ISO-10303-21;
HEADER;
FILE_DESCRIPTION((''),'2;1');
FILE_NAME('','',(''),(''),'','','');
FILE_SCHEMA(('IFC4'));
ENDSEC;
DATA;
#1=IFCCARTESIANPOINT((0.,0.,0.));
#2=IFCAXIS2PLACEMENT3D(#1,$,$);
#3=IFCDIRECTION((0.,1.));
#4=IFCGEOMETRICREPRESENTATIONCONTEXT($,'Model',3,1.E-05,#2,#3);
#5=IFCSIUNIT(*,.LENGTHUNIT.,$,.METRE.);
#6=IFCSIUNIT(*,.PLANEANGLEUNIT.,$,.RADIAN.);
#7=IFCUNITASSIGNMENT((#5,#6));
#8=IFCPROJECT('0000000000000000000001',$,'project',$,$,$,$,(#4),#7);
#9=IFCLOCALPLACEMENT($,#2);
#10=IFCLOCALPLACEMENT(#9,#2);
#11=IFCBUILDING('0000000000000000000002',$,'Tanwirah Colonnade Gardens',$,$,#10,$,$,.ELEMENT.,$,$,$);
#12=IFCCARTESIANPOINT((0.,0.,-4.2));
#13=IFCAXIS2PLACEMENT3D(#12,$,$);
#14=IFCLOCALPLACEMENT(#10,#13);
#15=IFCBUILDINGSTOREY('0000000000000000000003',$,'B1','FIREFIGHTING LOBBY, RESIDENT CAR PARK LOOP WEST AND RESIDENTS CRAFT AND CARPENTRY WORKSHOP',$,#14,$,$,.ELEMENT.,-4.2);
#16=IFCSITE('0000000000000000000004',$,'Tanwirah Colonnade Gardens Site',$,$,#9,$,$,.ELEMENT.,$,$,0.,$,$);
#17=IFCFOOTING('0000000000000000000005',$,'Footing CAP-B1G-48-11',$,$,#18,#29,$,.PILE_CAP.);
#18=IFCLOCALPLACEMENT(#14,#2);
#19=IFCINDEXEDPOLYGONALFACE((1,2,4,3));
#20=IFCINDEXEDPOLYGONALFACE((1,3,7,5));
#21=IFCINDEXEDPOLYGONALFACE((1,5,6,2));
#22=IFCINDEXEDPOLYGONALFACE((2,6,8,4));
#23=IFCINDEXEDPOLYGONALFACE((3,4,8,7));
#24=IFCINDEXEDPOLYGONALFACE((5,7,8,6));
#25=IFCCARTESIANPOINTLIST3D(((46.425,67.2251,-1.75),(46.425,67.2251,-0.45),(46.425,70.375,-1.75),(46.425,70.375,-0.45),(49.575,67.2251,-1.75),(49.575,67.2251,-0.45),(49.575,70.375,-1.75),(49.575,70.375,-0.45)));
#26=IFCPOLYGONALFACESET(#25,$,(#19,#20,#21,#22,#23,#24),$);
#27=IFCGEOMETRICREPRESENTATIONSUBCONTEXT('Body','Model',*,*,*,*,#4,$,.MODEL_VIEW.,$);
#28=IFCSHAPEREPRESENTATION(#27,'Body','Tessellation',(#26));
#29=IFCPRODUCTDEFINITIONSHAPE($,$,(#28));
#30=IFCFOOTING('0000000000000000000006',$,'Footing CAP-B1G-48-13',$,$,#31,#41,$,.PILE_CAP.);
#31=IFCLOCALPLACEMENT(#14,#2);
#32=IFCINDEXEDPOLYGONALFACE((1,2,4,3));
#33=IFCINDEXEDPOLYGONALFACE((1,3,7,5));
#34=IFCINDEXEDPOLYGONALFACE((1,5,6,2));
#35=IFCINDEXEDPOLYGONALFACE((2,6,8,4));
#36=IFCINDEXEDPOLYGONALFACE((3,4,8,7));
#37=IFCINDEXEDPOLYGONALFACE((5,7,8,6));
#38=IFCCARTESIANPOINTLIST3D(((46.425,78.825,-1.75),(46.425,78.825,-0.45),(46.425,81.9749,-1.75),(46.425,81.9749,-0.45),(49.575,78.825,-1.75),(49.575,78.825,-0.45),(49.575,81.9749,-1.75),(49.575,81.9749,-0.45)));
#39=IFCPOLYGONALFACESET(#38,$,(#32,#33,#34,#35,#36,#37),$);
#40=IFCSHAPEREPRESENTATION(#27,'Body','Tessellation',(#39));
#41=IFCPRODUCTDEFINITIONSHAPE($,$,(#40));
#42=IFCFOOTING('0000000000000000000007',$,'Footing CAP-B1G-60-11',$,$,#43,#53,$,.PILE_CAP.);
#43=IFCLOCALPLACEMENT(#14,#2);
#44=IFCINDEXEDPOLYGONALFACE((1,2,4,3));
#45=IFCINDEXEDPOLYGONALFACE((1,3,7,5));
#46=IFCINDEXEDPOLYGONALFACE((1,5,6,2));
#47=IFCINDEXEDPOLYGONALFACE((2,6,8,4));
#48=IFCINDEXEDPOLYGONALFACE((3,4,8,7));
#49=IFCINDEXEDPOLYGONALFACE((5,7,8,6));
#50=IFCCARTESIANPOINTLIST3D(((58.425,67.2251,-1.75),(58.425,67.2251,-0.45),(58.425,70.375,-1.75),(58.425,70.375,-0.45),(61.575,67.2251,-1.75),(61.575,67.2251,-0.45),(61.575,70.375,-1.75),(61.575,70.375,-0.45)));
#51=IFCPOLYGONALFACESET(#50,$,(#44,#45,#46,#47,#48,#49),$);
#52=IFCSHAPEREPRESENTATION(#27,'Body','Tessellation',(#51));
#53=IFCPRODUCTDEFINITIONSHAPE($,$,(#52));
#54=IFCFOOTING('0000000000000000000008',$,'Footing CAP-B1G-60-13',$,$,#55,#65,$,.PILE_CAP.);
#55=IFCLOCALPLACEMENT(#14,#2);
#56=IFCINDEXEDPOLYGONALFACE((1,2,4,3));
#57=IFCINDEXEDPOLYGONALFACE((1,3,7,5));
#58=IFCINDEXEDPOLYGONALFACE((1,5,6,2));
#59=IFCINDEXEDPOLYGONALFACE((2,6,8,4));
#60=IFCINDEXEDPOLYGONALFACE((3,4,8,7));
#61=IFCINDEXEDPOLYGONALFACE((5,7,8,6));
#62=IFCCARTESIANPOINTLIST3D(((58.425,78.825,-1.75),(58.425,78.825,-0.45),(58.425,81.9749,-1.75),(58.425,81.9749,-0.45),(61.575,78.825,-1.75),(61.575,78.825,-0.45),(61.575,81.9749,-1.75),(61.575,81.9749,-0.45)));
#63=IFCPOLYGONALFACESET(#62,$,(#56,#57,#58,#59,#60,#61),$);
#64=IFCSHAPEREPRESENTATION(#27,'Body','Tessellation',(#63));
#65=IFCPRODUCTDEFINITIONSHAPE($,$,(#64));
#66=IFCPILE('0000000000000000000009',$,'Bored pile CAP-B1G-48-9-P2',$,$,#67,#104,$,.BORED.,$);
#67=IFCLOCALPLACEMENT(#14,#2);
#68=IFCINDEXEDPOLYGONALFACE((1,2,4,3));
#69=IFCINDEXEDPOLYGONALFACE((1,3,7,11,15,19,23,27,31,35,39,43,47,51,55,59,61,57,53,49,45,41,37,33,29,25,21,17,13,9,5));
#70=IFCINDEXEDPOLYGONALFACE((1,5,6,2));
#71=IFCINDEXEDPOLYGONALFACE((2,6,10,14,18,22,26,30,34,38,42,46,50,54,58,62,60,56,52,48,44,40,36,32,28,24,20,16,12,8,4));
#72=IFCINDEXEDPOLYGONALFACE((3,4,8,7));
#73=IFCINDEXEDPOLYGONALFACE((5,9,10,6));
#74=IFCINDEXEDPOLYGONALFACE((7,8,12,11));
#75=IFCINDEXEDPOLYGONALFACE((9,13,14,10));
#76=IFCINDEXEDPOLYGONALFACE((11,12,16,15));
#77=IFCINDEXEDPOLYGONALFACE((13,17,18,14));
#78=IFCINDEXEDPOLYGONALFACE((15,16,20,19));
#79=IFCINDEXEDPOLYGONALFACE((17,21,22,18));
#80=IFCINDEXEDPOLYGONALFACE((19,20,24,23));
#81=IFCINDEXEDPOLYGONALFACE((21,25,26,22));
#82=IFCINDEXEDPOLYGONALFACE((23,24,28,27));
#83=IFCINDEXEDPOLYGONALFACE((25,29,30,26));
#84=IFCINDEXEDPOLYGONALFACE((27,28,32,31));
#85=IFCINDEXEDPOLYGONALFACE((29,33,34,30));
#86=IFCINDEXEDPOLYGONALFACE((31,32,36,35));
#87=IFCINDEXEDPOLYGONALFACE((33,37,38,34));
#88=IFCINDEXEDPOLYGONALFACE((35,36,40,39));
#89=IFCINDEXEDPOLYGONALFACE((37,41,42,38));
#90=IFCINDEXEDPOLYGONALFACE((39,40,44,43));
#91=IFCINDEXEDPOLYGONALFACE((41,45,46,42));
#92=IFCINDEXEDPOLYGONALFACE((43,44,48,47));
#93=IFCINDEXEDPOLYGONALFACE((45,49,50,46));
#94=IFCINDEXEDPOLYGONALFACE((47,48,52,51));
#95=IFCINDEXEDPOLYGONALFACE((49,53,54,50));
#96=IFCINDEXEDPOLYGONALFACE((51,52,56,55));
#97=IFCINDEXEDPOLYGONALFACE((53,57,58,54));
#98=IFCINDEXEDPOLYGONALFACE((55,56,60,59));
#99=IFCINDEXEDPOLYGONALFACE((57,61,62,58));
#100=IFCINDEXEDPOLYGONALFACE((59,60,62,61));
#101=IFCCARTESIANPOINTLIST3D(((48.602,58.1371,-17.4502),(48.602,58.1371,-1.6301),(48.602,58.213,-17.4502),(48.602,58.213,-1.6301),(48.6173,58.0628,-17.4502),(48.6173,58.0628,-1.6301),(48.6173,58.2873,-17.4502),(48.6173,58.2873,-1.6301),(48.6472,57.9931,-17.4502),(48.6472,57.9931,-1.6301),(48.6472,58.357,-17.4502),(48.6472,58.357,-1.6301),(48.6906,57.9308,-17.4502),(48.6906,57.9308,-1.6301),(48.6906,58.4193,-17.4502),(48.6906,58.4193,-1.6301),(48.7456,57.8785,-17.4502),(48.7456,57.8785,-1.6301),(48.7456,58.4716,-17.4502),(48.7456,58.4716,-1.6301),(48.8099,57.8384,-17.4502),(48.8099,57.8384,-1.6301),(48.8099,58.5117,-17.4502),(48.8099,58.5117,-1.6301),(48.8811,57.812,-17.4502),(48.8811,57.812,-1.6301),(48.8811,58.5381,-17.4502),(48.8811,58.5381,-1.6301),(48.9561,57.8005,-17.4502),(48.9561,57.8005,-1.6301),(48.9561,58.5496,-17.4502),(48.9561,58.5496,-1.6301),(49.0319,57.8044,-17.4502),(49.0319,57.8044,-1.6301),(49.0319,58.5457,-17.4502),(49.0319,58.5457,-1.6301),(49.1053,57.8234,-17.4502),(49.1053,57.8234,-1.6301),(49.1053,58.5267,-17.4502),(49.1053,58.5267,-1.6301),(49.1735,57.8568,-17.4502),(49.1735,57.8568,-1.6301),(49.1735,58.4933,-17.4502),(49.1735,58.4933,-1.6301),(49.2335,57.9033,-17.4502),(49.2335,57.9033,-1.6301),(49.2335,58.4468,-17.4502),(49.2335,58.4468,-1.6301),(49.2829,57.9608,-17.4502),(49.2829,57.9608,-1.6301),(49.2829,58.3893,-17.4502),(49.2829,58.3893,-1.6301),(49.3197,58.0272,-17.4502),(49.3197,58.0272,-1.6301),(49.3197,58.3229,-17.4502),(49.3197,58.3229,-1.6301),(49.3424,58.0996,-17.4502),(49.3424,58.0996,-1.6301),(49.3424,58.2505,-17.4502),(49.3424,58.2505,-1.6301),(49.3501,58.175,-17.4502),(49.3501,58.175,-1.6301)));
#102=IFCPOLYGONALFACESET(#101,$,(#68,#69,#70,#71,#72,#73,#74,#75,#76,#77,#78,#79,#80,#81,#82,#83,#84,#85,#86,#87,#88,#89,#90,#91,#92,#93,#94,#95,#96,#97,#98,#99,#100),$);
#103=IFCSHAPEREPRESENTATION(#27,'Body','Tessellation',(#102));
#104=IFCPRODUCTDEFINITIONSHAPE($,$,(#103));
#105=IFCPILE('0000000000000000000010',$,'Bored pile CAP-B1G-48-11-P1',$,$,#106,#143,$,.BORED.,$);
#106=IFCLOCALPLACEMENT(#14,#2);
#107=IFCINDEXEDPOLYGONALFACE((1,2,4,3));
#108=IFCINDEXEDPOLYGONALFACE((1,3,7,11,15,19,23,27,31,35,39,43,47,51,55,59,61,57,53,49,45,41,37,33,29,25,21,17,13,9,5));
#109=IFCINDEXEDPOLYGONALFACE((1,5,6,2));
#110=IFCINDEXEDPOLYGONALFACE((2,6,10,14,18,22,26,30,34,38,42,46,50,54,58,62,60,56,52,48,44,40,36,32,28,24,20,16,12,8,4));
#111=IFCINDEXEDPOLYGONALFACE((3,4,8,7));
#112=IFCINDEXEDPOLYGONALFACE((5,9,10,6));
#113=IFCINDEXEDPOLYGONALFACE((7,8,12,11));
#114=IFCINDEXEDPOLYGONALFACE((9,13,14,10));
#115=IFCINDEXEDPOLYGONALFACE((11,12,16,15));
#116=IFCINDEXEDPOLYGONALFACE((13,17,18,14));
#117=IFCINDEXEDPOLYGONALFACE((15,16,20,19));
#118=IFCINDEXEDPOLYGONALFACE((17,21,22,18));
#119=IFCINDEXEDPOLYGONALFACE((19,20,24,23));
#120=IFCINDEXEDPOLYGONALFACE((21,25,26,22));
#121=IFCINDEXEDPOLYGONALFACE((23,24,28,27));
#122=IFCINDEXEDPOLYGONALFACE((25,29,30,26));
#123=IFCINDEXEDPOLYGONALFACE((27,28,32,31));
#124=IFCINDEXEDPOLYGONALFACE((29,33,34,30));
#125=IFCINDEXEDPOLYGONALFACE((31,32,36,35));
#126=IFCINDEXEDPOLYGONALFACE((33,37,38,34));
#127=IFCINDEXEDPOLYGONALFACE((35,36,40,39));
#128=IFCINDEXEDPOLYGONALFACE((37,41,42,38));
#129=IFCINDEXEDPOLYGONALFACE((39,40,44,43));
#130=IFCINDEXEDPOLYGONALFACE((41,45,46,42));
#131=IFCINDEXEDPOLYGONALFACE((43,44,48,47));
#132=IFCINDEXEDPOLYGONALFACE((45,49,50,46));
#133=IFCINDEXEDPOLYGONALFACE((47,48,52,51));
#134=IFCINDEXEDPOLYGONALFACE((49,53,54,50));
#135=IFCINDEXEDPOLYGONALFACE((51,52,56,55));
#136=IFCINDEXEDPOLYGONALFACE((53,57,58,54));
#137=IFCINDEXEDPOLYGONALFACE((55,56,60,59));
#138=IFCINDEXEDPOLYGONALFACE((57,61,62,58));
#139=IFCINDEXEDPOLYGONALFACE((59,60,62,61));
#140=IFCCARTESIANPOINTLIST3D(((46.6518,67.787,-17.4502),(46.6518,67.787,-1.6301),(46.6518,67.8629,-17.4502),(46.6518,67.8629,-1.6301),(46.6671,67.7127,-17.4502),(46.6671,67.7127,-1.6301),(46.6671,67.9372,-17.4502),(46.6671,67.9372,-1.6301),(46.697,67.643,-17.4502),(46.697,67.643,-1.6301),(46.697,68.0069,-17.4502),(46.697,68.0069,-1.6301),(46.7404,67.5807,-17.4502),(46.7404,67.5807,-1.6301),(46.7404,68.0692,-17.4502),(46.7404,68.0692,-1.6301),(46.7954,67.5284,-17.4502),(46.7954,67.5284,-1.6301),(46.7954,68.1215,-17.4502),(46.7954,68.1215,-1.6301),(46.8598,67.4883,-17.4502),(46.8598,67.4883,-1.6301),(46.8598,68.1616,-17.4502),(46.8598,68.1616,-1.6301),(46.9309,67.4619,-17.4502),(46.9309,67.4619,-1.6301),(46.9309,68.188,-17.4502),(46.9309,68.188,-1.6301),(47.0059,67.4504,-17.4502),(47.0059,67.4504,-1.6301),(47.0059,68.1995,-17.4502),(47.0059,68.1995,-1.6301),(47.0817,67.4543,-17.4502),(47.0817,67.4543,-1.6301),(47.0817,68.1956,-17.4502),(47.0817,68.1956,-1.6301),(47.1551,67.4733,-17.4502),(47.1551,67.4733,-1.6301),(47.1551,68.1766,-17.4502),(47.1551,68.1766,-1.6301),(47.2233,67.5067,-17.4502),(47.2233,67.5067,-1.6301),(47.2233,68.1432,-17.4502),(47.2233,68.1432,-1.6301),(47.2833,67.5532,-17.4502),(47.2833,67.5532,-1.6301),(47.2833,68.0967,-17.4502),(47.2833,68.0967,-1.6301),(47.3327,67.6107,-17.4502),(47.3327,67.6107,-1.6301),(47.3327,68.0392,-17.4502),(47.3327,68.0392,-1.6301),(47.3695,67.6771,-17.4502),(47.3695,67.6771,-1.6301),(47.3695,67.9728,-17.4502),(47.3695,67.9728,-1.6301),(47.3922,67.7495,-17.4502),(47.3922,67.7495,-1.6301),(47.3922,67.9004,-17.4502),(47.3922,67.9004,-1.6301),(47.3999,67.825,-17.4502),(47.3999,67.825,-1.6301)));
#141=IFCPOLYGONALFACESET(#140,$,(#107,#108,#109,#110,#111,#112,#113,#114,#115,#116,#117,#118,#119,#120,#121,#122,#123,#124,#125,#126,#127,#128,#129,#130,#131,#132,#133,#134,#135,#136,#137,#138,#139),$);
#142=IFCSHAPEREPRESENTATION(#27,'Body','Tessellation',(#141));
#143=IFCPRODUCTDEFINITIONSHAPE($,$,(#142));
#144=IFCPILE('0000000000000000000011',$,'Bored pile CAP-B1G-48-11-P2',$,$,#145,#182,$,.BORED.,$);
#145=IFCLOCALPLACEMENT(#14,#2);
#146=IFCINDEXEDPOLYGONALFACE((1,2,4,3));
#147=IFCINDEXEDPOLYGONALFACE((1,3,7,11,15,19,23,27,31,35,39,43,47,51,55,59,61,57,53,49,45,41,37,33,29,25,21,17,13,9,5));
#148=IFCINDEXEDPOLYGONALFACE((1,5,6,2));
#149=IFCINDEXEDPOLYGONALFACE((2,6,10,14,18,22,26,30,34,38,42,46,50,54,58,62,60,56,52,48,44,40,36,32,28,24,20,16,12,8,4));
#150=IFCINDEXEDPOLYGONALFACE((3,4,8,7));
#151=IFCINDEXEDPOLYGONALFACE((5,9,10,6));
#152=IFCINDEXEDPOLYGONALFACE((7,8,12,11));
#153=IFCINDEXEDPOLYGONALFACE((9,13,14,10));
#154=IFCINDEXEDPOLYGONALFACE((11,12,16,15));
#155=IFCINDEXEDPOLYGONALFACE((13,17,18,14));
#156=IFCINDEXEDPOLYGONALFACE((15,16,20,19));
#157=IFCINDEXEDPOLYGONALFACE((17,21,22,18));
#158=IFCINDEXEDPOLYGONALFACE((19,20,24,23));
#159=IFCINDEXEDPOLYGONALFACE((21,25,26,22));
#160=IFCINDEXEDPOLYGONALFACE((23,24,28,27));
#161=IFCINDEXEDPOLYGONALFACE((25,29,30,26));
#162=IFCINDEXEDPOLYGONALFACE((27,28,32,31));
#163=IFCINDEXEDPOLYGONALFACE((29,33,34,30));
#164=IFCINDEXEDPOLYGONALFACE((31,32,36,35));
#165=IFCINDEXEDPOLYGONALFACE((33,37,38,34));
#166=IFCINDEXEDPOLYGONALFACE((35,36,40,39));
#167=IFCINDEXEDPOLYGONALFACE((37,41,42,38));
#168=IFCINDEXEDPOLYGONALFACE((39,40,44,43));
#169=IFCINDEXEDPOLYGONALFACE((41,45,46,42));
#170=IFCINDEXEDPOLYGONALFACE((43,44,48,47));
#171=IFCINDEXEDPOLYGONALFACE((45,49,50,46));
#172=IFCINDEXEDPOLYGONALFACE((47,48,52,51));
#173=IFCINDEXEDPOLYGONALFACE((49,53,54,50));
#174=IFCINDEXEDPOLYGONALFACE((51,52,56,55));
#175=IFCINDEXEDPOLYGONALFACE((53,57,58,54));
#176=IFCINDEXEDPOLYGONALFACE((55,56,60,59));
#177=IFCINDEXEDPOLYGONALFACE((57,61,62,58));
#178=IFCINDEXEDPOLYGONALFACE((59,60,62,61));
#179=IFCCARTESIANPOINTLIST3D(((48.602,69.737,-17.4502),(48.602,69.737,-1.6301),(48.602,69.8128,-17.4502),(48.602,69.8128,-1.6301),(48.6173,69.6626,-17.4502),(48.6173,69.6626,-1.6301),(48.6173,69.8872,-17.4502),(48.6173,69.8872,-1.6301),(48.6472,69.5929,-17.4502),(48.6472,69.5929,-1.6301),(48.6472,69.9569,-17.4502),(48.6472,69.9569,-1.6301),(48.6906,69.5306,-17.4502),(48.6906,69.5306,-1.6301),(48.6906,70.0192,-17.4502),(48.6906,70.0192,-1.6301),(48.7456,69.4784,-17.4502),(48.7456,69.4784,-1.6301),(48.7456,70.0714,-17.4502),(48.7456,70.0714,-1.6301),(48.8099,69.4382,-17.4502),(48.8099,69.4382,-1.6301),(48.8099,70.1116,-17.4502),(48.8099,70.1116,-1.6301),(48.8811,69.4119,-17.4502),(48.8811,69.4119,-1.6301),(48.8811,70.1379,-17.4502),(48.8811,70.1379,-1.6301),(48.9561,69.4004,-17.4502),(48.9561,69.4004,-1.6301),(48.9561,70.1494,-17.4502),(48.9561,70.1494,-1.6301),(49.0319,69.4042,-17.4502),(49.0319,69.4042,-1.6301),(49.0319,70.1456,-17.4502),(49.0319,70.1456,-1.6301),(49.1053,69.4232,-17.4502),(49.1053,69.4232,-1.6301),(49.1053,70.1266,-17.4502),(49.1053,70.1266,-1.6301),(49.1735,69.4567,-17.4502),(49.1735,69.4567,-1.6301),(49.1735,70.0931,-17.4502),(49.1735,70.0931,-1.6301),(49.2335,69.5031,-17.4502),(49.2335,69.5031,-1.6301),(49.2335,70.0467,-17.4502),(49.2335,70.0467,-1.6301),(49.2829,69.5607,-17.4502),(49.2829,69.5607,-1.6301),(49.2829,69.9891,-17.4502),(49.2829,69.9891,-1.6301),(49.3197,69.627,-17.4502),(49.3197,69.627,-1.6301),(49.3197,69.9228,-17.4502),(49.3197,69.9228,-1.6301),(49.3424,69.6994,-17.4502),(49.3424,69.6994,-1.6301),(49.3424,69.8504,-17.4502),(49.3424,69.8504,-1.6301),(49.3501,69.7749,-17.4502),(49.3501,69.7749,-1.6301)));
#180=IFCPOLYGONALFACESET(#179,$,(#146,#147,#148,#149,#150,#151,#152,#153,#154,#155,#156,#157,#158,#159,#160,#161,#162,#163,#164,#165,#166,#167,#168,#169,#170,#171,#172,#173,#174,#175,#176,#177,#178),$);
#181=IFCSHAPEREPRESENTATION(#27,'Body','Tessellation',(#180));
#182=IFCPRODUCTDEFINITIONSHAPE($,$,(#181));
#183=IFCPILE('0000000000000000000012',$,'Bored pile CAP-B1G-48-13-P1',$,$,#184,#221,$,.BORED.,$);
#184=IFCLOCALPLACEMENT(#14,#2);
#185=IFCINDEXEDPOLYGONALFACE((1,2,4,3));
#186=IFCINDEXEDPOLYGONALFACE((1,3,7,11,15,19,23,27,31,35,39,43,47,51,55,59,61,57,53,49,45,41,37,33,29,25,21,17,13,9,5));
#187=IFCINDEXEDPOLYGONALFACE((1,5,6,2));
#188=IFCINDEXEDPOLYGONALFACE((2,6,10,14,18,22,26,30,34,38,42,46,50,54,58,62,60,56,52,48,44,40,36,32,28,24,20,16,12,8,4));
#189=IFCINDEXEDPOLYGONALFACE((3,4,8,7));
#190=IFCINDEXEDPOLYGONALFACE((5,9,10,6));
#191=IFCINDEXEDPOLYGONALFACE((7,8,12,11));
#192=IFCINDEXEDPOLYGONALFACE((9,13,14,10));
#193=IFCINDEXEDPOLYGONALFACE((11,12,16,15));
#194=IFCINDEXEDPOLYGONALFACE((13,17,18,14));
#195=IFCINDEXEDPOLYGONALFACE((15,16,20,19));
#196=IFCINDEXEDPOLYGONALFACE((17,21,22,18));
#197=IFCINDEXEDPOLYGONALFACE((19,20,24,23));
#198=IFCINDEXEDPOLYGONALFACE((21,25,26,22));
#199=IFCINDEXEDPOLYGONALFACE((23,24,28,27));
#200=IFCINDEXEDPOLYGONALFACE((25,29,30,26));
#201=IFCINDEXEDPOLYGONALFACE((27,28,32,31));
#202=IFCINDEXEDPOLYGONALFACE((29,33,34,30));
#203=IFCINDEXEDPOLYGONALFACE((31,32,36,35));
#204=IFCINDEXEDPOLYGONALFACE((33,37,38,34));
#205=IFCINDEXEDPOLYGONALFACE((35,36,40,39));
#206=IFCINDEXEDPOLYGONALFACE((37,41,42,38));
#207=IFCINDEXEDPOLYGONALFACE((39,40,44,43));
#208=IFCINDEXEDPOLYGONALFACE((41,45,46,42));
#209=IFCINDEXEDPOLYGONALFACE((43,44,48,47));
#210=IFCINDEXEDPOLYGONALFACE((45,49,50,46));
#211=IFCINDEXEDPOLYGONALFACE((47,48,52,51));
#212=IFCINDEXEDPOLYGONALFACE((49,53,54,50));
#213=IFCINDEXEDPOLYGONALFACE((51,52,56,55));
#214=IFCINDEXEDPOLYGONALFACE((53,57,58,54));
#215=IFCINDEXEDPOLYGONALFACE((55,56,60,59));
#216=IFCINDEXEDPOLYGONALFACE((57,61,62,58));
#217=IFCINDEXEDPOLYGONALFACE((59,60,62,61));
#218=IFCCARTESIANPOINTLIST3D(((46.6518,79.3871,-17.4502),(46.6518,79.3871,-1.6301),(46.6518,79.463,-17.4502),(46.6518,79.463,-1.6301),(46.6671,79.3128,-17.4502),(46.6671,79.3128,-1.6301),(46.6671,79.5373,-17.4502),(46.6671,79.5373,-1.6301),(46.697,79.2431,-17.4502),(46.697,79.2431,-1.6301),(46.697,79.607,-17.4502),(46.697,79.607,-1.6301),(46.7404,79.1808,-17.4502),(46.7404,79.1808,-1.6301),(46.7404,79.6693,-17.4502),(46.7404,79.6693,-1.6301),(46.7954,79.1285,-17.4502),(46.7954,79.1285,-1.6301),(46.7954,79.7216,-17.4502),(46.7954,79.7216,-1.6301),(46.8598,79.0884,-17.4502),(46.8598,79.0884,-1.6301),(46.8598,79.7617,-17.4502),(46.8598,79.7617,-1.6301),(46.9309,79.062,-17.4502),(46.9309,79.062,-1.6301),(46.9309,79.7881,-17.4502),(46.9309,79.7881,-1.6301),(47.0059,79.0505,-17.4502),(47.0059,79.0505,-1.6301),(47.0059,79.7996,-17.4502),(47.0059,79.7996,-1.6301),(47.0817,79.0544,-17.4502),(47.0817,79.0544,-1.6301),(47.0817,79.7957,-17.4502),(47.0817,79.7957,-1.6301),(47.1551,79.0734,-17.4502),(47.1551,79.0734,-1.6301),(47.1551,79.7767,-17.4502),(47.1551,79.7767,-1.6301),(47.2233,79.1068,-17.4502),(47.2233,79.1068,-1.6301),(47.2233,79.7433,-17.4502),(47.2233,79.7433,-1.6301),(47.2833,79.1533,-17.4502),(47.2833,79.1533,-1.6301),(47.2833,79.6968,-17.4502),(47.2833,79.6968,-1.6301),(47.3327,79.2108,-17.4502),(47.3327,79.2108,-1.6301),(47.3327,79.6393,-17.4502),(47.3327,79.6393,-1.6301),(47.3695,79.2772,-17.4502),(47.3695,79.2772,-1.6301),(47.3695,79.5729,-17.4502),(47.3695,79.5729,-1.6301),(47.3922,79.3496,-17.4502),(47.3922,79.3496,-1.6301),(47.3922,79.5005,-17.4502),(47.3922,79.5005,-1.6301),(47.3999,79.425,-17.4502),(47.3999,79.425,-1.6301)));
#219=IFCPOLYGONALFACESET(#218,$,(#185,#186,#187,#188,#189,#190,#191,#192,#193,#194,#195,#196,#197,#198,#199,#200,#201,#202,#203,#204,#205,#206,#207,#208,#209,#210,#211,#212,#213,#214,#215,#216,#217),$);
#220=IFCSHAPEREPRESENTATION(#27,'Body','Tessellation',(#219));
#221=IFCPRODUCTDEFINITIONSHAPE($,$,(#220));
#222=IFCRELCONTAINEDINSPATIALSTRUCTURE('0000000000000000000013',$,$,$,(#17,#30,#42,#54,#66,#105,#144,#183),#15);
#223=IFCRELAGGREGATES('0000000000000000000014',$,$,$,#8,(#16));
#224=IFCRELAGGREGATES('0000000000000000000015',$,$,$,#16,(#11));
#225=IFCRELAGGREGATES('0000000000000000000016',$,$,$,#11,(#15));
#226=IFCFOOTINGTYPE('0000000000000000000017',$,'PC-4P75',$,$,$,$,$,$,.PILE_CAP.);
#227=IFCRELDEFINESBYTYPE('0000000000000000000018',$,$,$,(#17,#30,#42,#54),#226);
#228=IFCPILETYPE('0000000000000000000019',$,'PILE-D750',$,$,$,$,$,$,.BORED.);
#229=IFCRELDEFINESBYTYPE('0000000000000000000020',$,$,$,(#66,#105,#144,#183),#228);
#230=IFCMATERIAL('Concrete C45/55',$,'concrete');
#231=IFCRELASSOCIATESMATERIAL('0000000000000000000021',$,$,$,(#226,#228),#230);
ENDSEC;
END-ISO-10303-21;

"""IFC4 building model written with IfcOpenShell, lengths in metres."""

from ifc_helpers import new_model, si_unit, direction, frame, origin, origin_2d, place, context, subcontext, project, spatial, rectangle, circle, extrude, material, material_profile, profile_set, type_object, element, save


model = new_model("IFC4")

# Units and contexts
model_context = context("Model", 3, precision=1e-05, world=origin(), true_north=direction((0.0, 1.0)))
body_context = subcontext(model_context, "Body", "Model", "MODEL_VIEW")
ifc_project = project(units=[si_unit("LENGTHUNIT", "METRE"), si_unit("PLANEANGLEUNIT", "RADIAN")], contexts=[model_context])

# Site, building, storey
site_placement = place(None, origin())
site = spatial("IfcSite", under=ifc_project, at=site_placement, Name="Tanwirah Colonnade Gardens Site", CompositionType="ELEMENT", RefElevation=0.0)
building_placement = place(site_placement, origin())
building = spatial("IfcBuilding", under=site, at=building_placement, Name="Tanwirah Colonnade Gardens", CompositionType="ELEMENT")
storey_placement = place(building_placement, frame((0.0, 0.0, -4.2)))
storey = spatial("IfcBuildingStorey", under=building, at=storey_placement, Name="B1", Description="FIREFIGHTING LOBBY, RESIDENT CAR PARK LOOP WEST AND RESIDENTS CRAFT AND CARPENTRY WORKSHOP", CompositionType="ELEMENT", Elevation=-4.2)

# Footings
ifc_material = material(Name="Concrete C45/55", Category="concrete")
footing_type = type_object("IfcFootingType", Name="PC-4P75", PredefinedType="PILE_CAP", material=ifc_material)
for number, where, z_axis, x_axis, name in (
    (1, (48.0, 68.8, -1.75), (0.0, 0.0, 1.0), (1.0, 0.0, 0.0), "Footing CAP-B1G-48-11"),
    (2, (48.0, 80.3999, -1.75), (0.0, 0.0, 1.0), (1.0, 0.0, 0.0), "Footing CAP-B1G-48-13"),
    (3, (60.0, 68.8, -1.75), (0.0, 0.0, 1.0), (1.0, 0.0, 0.0), "Footing CAP-B1G-60-11"),
    (4, (60.0, 80.3999, -1.75), (0.0, 0.0, 1.0), (1.0, 0.0, 0.0), "Footing CAP-B1G-60-13"),
):
    element("IfcFooting", number, at=place(storey_placement, frame(where, z_axis=z_axis, x_axis=x_axis)), inside=storey, type_object=footing_type, Name=name, PredefinedType="PILE_CAP", context=body_context, shape_type="SweptSolid", body=[
        extrude(rectangle(XDim=3.1499, YDim=3.1499, at=origin_2d()), origin(), (0.0, 0.0, 1.0), 1.3),
    ])

# Piles
ifc_material_profile_1 = material_profile(ifc_material, circle(Radius=0.375, at=origin_2d()), Name="PILE D750")
ifc_profile_set_1 = profile_set([ifc_material_profile_1], Name="Concrete C45/55")
pile_type_1 = type_object("IfcPileType", Name="PILE-D750", PredefinedType="BORED", material=ifc_profile_set_1)
for number, where, z_axis, x_axis, name in (
    (5, (48.9751, 58.175, -1.6301), (0.0, 0.0, -1.0), (1.0, 0.0, 0.0), "Bored pile CAP-B1G-48-9-P2"),
    (6, (47.0249, 67.825, -1.6301), (0.0, 0.0, -1.0), (1.0, 0.0, 0.0), "Bored pile CAP-B1G-48-11-P1"),
    (7, (48.9751, 69.7749, -1.6301), (0.0, 0.0, -1.0), (1.0, 0.0, 0.0), "Bored pile CAP-B1G-48-11-P2"),
    (8, (47.0249, 79.425, -1.6301), (0.0, 0.0, -1.0), (1.0, 0.0, 0.0), "Bored pile CAP-B1G-48-13-P1"),
):
    element("IfcPile", number, at=place(storey_placement, frame(where, z_axis=z_axis, x_axis=x_axis)), inside=storey, type_object=pile_type_1, Name=name, PredefinedType="BORED", context=body_context, shape_type="SweptSolid", body=[
        extrude(circle(Radius=0.375, at=origin_2d()), origin(), (0.0, 0.0, 1.0), 15.8201),
    ])

save(model, "model.ifc")
